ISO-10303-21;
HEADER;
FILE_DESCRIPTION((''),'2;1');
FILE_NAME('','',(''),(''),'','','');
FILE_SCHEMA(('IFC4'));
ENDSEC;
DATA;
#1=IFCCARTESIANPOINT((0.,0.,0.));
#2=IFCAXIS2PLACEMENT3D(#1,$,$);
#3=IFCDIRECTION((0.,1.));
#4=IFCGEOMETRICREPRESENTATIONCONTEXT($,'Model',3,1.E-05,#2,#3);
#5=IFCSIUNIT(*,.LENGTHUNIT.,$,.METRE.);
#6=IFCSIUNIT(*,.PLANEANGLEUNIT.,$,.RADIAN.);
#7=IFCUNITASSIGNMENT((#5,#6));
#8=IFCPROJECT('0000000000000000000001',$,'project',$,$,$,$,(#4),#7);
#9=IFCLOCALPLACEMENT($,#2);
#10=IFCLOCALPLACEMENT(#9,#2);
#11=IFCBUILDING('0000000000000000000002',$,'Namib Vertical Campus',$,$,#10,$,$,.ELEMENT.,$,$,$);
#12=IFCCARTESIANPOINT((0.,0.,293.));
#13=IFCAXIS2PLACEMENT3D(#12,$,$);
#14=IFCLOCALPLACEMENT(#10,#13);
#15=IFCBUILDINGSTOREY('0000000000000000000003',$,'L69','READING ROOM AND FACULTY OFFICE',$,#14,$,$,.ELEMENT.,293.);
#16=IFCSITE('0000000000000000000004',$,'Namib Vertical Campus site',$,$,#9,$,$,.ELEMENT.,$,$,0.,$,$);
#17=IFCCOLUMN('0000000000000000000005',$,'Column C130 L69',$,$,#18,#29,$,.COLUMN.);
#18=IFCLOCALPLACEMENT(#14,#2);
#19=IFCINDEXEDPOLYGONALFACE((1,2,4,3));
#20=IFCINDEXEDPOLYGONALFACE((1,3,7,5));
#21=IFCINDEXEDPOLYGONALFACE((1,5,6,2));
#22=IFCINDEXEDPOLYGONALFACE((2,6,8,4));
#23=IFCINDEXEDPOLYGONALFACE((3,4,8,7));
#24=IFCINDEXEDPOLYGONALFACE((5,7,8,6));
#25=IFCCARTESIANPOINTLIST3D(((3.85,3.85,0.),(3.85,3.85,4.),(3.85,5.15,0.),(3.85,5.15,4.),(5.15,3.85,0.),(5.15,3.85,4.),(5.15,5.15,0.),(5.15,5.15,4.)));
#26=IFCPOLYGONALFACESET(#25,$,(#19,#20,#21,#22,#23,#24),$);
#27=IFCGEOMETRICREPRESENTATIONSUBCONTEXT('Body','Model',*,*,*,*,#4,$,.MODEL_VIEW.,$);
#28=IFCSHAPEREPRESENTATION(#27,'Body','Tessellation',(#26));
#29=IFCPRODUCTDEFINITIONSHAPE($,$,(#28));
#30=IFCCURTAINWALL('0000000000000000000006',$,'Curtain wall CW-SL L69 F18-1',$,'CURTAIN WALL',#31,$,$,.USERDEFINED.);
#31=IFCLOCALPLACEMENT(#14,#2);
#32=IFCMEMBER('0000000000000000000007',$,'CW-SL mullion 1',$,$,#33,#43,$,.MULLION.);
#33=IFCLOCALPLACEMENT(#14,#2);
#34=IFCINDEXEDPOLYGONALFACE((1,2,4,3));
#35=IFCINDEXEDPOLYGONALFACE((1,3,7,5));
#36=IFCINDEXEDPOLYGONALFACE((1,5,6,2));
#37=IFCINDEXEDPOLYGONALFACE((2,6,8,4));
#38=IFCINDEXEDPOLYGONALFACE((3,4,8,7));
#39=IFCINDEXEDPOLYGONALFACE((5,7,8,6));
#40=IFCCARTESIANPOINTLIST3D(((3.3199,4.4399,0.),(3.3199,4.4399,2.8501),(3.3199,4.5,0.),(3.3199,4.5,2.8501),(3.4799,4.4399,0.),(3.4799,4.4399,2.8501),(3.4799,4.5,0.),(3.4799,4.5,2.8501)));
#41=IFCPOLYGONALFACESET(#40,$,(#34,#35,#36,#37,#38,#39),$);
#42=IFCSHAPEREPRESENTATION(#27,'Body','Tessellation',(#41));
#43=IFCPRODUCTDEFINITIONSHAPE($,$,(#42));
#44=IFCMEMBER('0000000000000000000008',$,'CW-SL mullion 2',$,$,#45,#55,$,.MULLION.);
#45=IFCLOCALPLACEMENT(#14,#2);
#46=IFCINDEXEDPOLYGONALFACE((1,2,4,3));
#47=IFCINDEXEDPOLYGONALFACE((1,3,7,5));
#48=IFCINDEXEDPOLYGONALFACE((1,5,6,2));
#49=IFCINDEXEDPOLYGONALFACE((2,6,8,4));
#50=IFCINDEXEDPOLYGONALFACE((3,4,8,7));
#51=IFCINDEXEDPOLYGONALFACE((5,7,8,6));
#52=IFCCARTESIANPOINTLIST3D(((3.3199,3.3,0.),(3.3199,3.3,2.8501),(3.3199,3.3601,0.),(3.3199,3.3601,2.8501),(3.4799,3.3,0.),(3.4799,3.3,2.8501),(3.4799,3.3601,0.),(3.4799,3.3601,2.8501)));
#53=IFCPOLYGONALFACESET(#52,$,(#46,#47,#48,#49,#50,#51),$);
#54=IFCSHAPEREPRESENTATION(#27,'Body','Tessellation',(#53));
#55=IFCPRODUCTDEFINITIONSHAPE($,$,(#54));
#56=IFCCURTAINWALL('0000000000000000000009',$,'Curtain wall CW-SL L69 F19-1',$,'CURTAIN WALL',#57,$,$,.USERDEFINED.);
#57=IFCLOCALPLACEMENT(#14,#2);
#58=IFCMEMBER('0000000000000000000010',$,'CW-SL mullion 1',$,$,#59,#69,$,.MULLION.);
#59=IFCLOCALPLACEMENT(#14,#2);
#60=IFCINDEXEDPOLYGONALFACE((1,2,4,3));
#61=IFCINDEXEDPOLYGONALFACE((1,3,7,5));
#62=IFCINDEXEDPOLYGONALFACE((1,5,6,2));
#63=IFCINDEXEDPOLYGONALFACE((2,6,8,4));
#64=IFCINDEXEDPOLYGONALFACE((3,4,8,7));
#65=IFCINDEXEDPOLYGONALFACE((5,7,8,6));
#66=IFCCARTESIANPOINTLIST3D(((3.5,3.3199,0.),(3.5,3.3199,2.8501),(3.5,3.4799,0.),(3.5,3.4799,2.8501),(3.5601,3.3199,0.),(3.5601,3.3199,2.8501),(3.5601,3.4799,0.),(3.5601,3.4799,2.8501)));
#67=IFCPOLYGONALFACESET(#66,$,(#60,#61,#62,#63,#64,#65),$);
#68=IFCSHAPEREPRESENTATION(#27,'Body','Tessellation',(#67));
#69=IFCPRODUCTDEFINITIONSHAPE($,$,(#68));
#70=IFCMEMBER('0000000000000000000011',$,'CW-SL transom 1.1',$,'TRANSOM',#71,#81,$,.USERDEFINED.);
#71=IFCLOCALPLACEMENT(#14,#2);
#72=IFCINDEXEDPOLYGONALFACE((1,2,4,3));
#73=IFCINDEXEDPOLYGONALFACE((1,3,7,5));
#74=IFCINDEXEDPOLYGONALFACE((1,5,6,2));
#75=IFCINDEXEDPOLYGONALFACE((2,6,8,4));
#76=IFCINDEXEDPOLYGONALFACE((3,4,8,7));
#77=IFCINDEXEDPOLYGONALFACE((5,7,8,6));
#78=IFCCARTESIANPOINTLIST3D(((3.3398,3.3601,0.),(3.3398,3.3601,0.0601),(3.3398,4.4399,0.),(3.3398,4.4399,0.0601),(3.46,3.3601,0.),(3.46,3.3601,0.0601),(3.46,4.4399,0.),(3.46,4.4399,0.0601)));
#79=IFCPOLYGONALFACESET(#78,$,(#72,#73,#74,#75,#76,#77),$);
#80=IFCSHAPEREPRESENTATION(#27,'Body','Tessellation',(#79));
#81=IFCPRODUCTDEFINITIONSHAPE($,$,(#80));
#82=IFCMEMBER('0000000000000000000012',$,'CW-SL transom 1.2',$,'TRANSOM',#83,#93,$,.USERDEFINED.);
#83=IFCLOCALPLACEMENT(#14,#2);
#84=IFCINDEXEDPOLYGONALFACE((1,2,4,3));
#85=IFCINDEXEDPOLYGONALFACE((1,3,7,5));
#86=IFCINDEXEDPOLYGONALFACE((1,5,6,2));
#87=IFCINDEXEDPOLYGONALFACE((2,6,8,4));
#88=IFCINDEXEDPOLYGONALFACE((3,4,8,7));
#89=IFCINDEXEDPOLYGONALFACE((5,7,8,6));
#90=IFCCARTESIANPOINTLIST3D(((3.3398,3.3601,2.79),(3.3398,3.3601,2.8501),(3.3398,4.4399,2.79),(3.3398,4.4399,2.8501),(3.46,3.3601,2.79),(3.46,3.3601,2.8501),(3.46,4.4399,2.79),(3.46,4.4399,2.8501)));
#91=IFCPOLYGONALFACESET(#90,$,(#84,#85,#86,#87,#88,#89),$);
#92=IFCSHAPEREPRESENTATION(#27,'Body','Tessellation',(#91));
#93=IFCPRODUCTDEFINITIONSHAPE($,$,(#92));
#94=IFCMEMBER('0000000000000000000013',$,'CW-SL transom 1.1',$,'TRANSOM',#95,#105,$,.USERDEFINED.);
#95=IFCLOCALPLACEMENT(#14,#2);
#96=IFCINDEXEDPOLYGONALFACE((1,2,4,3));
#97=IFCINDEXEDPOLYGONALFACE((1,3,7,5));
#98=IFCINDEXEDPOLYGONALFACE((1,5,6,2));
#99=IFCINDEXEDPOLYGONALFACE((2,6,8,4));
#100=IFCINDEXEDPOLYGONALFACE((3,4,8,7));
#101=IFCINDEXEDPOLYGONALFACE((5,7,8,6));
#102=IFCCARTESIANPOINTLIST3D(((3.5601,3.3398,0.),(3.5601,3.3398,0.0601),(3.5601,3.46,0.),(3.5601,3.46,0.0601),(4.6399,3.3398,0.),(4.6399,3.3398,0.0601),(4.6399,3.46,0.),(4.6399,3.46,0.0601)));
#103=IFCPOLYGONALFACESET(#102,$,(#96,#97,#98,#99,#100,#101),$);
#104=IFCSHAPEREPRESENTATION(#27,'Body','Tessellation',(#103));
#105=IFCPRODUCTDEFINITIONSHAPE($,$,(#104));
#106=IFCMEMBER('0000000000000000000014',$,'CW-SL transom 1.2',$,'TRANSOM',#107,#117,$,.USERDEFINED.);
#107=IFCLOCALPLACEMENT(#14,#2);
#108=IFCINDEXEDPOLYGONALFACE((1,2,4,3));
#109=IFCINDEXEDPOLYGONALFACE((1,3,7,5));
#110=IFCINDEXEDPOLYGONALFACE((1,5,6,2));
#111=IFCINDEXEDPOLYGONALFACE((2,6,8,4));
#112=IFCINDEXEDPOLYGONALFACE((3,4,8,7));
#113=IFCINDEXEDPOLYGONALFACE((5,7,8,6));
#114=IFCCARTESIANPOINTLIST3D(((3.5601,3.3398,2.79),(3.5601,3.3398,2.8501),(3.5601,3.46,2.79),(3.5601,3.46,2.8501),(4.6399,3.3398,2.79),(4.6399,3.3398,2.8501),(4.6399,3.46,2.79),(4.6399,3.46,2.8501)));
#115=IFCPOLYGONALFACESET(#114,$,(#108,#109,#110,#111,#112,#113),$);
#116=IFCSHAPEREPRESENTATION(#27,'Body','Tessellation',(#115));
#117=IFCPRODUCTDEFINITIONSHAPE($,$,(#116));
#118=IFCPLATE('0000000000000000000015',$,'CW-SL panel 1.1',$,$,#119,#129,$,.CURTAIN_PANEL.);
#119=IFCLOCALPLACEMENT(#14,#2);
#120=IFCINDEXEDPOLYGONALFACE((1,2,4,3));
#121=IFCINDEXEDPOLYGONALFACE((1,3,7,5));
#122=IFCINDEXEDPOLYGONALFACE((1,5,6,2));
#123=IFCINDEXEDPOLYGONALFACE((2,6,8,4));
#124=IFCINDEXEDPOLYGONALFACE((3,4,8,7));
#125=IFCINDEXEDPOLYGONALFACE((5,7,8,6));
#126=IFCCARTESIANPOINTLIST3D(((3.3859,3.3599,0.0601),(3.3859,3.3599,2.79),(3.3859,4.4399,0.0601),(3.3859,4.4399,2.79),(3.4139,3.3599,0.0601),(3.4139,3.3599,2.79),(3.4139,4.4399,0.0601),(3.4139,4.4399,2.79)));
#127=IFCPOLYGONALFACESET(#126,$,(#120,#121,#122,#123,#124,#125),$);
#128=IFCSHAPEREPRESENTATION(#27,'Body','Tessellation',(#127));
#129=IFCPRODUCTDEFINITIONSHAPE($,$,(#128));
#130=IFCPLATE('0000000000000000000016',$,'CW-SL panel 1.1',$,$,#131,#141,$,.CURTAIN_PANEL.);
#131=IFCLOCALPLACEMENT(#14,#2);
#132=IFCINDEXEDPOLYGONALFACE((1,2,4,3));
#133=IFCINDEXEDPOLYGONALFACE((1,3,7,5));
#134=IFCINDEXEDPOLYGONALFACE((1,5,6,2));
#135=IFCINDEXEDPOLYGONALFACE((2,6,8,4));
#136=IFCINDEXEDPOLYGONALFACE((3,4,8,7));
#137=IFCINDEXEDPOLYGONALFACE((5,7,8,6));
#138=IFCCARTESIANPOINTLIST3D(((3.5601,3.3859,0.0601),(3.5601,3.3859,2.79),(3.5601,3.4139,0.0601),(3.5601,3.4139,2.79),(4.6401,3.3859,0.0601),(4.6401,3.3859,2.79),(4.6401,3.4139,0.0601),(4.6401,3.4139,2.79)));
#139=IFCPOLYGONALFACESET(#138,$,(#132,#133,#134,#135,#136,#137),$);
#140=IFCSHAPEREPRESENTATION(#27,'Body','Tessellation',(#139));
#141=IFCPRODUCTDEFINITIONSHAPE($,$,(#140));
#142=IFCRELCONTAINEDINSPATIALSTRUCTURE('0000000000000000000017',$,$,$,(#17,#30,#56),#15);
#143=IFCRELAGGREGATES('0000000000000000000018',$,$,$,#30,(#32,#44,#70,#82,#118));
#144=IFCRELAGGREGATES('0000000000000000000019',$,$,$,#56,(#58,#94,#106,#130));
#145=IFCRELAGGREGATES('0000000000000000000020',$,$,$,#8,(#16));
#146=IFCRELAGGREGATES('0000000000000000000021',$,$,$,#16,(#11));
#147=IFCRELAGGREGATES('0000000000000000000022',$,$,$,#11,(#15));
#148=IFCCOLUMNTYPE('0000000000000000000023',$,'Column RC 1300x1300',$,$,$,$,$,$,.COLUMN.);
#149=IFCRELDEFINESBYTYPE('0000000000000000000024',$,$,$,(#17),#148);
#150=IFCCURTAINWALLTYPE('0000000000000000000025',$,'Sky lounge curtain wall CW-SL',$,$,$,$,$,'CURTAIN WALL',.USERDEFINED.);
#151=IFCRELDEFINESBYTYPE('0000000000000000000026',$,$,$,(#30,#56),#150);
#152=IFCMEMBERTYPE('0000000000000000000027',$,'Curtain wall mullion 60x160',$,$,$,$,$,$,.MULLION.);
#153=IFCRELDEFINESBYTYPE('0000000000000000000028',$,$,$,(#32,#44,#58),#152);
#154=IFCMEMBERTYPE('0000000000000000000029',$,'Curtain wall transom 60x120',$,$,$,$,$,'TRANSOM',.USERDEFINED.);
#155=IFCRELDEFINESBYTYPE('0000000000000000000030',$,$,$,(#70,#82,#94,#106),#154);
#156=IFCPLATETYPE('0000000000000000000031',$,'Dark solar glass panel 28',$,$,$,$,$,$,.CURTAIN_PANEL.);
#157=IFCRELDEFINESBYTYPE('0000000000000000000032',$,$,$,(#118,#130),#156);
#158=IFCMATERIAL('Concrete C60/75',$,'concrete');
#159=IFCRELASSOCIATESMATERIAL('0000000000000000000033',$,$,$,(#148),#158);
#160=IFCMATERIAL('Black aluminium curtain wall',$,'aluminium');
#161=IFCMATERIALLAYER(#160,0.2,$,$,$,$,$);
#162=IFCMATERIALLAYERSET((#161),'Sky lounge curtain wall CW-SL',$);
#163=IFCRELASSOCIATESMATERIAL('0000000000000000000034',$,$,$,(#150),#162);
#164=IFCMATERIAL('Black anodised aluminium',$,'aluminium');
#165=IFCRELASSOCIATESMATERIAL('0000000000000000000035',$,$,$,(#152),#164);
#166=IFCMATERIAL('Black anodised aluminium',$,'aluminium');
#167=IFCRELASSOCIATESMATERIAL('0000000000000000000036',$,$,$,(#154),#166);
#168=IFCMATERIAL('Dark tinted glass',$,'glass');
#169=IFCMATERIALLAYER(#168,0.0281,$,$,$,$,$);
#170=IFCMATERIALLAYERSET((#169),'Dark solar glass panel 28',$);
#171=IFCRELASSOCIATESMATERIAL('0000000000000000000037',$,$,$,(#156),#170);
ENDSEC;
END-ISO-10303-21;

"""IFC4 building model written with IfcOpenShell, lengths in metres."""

from ifc_helpers import new_model, si_unit, direction, frame, origin, origin_2d, place, context, subcontext, project, spatial, rectangle, extrude, material, layer, layer_set, material_profile, profile_set, type_object, element, aggregate, save


model = new_model("IFC4")

# Units and contexts
model_context = context("Model", 3, precision=1e-05, world=origin(), true_north=direction((0.0, 1.0)))
body_context = subcontext(model_context, "Body", "Model", "MODEL_VIEW")
ifc_project = project(units=[si_unit("LENGTHUNIT", "METRE"), si_unit("PLANEANGLEUNIT", "RADIAN")], contexts=[model_context])

# Site, building, storey
site_placement = place(None, origin())
site = spatial("IfcSite", under=ifc_project, at=site_placement, Name="Namib Vertical Campus site", CompositionType="ELEMENT", RefElevation=0.0)
building_placement = place(site_placement, origin())
building = spatial("IfcBuilding", under=site, at=building_placement, Name="Namib Vertical Campus", CompositionType="ELEMENT")
storey_placement = place(building_placement, frame((0.0, 0.0, 293.0)))
storey = spatial("IfcBuildingStorey", under=building, at=storey_placement, Name="L69", Description="READING ROOM AND FACULTY OFFICE", CompositionType="ELEMENT", Elevation=293.0)

# Column
ifc_material_1 = material(Name="Concrete C60/75", Category="concrete")
ifc_material_profile_1 = material_profile(ifc_material_1, rectangle(XDim=1.3, YDim=1.3, at=origin_2d()))
ifc_profile_set_1 = profile_set([ifc_material_profile_1], Name="Concrete C60/75")
column_type = type_object("IfcColumnType", Name="Column RC 1300x1300", PredefinedType="COLUMN", material=ifc_profile_set_1)
column_placement = place(storey_placement, frame((4.5, 4.5, 0.0), z_axis=(0.0, 0.0, 1.0), x_axis=(1.0, 0.0, 0.0)))
element("IfcColumn", 1, at=column_placement, inside=storey, type_object=column_type, Name="Column C130 L69", PredefinedType="COLUMN", context=body_context, shape_type="SweptSolid", body=[
    extrude(rectangle(XDim=1.3, YDim=1.3, at=origin_2d()), origin(), (0.0, 0.0, 1.0), 4.0),
])

# Curtain wall, members
ifc_material_2 = material(Name="Black aluminium curtain wall", Category="aluminium")
ifc_layer_1 = layer(ifc_material_2, 0.2)
ifc_layer_set_1 = layer_set([ifc_layer_1], Name="Sky lounge curtain wall CW-SL")
curtain_wall_type = type_object("IfcCurtainWallType", Name="Sky lounge curtain wall CW-SL", ElementType="CURTAIN WALL", PredefinedType="USERDEFINED", material=ifc_layer_set_1)
curtain_wall_1_placement = place(storey_placement, origin())
curtain_wall_1 = element("IfcCurtainWall", 2, at=curtain_wall_1_placement, inside=storey, type_object=curtain_wall_type, Name="Curtain wall CW-SL L69 F18-1", ObjectType="CURTAIN WALL", PredefinedType="USERDEFINED")
ifc_material_3 = material(Name="Black anodised aluminium", Category="aluminium")
ifc_material_profile_2 = material_profile(ifc_material_3, rectangle(XDim=0.0601, YDim=0.1599, at=origin_2d()))
ifc_profile_set_2 = profile_set([ifc_material_profile_2], Name="Black anodised aluminium")
member_type_1 = type_object("IfcMemberType", Name="Curtain wall mullion 60x160", PredefinedType="MULLION", material=ifc_profile_set_2)
member_1_placement = place(storey_placement, frame((3.3999, 4.47, 0.0), z_axis=(0.0, 0.0, 1.0), x_axis=(0.0, -1.0, 0.0)))
member_1 = element("IfcMember", 3, at=member_1_placement, type_object=member_type_1, Name="CW-SL mullion 1", PredefinedType="MULLION", context=body_context, shape_type="SweptSolid", body=[
    extrude(rectangle(XDim=0.0601, YDim=0.1599, at=origin_2d()), origin(), (0.0, 0.0, 1.0), 2.8501),
])
member_2_placement = place(storey_placement, frame((3.3999, 3.3301, 0.0), z_axis=(0.0, 0.0, 1.0), x_axis=(0.0, -1.0, 0.0)))
member_2 = element("IfcMember", 4, at=member_2_placement, type_object=member_type_1, Name="CW-SL mullion 2", PredefinedType="MULLION", context=body_context, shape_type="SweptSolid", body=[
    extrude(rectangle(XDim=0.0601, YDim=0.1599, at=origin_2d()), origin(), (0.0, 0.0, 1.0), 2.8501),
])

# Curtain wall, member
curtain_wall_2_placement = place(storey_placement, origin())
curtain_wall_2 = element("IfcCurtainWall", 5, at=curtain_wall_2_placement, inside=storey, type_object=curtain_wall_type, Name="Curtain wall CW-SL L69 F19-1", ObjectType="CURTAIN WALL", PredefinedType="USERDEFINED")
member_3_placement = place(storey_placement, frame((3.53, 3.3999, 0.0), z_axis=(0.0, 0.0, 1.0), x_axis=(1.0, 0.0, 0.0)))
member_3 = element("IfcMember", 6, at=member_3_placement, type_object=member_type_1, Name="CW-SL mullion 1", PredefinedType="MULLION", context=body_context, shape_type="SweptSolid", body=[
    extrude(rectangle(XDim=0.0601, YDim=0.1599, at=origin_2d()), origin(), (0.0, 0.0, 1.0), 2.8501),
])

# Members
ifc_material_4 = material(Name="Black anodised aluminium", Category="aluminium")
ifc_material_profile_3 = material_profile(ifc_material_4, rectangle(XDim=0.0601, YDim=0.1201, at=origin_2d()))
ifc_profile_set_3 = profile_set([ifc_material_profile_3], Name="Black anodised aluminium")
member_type_2 = type_object("IfcMemberType", Name="Curtain wall transom 60x120", ElementType="TRANSOM", PredefinedType="USERDEFINED", material=ifc_profile_set_3)
member_4_placement = place(storey_placement, frame((3.3999, 4.4399, 0.03), z_axis=(0.0, -1.0, 0.0), x_axis=(0.0, 0.0, 1.0)))
member_4 = element("IfcMember", 7, at=member_4_placement, type_object=member_type_2, Name="CW-SL transom 1.1", ObjectType="TRANSOM", PredefinedType="USERDEFINED", context=body_context, shape_type="SweptSolid", body=[
    extrude(rectangle(XDim=0.0601, YDim=0.1201, at=origin_2d()), origin(), (0.0, 0.0, 1.0), 1.0798),
])
member_5_placement = place(storey_placement, frame((3.3999, 4.4399, 2.8201), z_axis=(0.0, -1.0, 0.0), x_axis=(0.0, 0.0, 1.0)))
member_5 = element("IfcMember", 8, at=member_5_placement, type_object=member_type_2, Name="CW-SL transom 1.2", ObjectType="TRANSOM", PredefinedType="USERDEFINED", context=body_context, shape_type="SweptSolid", body=[
    extrude(rectangle(XDim=0.0601, YDim=0.1201, at=origin_2d()), origin(), (0.0, 0.0, 1.0), 1.0798),
])
member_6_placement = place(storey_placement, frame((3.5601, 3.3999, 0.03), z_axis=(1.0, 0.0, 0.0), x_axis=(0.0, 0.0, 1.0)))
member_6 = element("IfcMember", 9, at=member_6_placement, type_object=member_type_2, Name="CW-SL transom 1.1", ObjectType="TRANSOM", PredefinedType="USERDEFINED", context=body_context, shape_type="SweptSolid", body=[
    extrude(rectangle(XDim=0.0601, YDim=0.1201, at=origin_2d()), origin(), (0.0, 0.0, 1.0), 1.0798),
])
member_7_placement = place(storey_placement, frame((3.5601, 3.3999, 2.8201), z_axis=(1.0, 0.0, 0.0), x_axis=(0.0, 0.0, 1.0)))
member_7 = element("IfcMember", 10, at=member_7_placement, type_object=member_type_2, Name="CW-SL transom 1.2", ObjectType="TRANSOM", PredefinedType="USERDEFINED", context=body_context, shape_type="SweptSolid", body=[
    extrude(rectangle(XDim=0.0601, YDim=0.1201, at=origin_2d()), origin(), (0.0, 0.0, 1.0), 1.0798),
])

# Plates
ifc_material_5 = material(Name="Dark tinted glass", Category="glass")
ifc_layer_2 = layer(ifc_material_5, 0.0281)
ifc_layer_set_2 = layer_set([ifc_layer_2], Name="Dark solar glass panel 28")
plate_type = type_object("IfcPlateType", Name="Dark solar glass panel 28", PredefinedType="CURTAIN_PANEL", material=ifc_layer_set_2)
plate_1_placement = place(storey_placement, frame((3.3999, 3.8999, 0.0601), z_axis=(0.0, 0.0, 1.0), x_axis=(0.0, -1.0, 0.0)))
plate_1 = element("IfcPlate", 11, at=plate_1_placement, type_object=plate_type, Name="CW-SL panel 1.1", PredefinedType="CURTAIN_PANEL", context=body_context, shape_type="SweptSolid", body=[
    extrude(rectangle(XDim=1.0801, YDim=0.0281, at=origin_2d()), origin(), (0.0, 0.0, 1.0), 2.73),
])
aggregate(curtain_wall_1, [member_1, member_2, member_4, member_5, plate_1])
plate_2_placement = place(storey_placement, frame((4.1001, 3.3999, 0.0601), z_axis=(0.0, 0.0, 1.0), x_axis=(1.0, 0.0, 0.0)))
plate_2 = element("IfcPlate", 12, at=plate_2_placement, type_object=plate_type, Name="CW-SL panel 1.1", PredefinedType="CURTAIN_PANEL", context=body_context, shape_type="SweptSolid", body=[
    extrude(rectangle(XDim=1.0801, YDim=0.0281, at=origin_2d()), origin(), (0.0, 0.0, 1.0), 2.73),
])
aggregate(curtain_wall_2, [member_3, member_6, member_7, plate_2])

save(model, "model.ifc")
